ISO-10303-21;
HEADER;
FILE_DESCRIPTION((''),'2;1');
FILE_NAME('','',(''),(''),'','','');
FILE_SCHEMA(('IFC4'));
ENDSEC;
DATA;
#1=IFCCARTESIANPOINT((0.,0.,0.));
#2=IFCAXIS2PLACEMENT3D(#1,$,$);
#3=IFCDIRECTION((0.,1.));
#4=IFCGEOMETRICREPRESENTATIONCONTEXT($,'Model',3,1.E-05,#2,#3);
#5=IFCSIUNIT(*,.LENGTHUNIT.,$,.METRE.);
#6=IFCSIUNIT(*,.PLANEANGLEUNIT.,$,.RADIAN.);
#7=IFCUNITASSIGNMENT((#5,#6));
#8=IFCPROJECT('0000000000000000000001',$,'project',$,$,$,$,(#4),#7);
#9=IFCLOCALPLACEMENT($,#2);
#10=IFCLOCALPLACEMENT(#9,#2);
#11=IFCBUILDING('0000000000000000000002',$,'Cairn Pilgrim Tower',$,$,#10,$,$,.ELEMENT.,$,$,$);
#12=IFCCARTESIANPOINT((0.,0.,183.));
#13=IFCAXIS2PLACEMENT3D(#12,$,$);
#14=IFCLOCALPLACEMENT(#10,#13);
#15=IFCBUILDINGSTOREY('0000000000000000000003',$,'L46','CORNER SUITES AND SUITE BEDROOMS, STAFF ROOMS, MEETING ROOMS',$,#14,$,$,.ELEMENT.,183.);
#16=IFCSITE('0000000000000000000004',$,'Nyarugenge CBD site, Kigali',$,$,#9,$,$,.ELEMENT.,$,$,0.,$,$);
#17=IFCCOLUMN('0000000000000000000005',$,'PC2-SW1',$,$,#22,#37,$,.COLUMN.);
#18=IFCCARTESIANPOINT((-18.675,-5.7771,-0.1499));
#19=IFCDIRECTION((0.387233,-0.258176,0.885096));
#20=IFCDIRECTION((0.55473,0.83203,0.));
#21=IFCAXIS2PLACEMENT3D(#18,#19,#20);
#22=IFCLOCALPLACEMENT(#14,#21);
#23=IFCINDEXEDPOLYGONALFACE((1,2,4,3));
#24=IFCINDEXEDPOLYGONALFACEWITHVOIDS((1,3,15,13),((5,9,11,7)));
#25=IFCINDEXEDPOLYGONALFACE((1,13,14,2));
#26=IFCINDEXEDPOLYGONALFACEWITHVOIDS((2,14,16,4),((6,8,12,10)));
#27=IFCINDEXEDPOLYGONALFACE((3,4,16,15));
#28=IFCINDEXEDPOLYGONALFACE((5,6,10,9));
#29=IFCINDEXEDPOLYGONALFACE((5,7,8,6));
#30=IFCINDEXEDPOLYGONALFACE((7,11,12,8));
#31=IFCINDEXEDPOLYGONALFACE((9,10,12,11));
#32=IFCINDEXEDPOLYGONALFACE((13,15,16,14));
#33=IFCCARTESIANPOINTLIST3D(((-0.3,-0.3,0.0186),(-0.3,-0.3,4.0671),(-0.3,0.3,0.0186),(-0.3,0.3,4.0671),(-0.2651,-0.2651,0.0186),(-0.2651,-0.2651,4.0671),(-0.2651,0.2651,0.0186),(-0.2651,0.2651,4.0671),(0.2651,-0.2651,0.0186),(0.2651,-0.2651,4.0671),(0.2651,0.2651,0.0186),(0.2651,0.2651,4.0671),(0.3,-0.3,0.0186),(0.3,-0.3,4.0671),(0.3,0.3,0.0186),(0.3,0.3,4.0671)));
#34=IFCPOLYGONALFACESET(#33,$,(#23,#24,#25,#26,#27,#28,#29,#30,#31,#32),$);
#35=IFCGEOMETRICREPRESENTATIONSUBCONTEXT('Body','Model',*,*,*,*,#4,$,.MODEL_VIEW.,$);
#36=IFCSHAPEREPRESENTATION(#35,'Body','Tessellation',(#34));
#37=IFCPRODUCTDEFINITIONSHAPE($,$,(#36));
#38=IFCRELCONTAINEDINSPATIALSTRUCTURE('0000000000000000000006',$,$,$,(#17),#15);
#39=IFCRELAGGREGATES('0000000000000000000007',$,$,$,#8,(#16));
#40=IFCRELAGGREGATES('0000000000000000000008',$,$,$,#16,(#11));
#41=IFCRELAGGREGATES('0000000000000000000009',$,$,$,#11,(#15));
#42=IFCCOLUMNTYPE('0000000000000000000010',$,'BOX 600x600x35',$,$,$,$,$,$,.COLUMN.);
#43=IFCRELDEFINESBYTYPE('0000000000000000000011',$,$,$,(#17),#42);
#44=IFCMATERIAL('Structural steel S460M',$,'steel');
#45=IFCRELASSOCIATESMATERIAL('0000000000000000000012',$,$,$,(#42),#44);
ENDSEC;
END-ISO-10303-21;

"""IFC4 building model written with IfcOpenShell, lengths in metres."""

from ifc_helpers import new_model, si_unit, direction, frame, origin, origin_2d, place, context, subcontext, project, spatial, hollow_rectangle, extrude, clip, halfspace, material, material_profile, profile_set, type_object, element, save


model = new_model("IFC4")

# Units and contexts
model_context = context("Model", 3, precision=1e-05, world=origin(), true_north=direction((0.0, 1.0)))
body_context = subcontext(model_context, "Body", "Model", "MODEL_VIEW")
ifc_project = project(units=[si_unit("LENGTHUNIT", "METRE"), si_unit("PLANEANGLEUNIT", "RADIAN")], contexts=[model_context])

# Site, building, storey
site_placement = place(None, origin())
site = spatial("IfcSite", under=ifc_project, at=site_placement, Name="Nyarugenge CBD site, Kigali", CompositionType="ELEMENT", RefElevation=0.0)
building_placement = place(site_placement, origin())
building = spatial("IfcBuilding", under=site, at=building_placement, Name="Cairn Pilgrim Tower", CompositionType="ELEMENT")
storey_placement = place(building_placement, frame((0.0, 0.0, 183.0)))
storey = spatial("IfcBuildingStorey", under=building, at=storey_placement, Name="L46", Description="CORNER SUITES AND SUITE BEDROOMS, STAFF ROOMS, MEETING ROOMS", CompositionType="ELEMENT", Elevation=183.0)

# Column
ifc_material_1 = material(Name="Structural steel S460M", Category="steel")
ifc_material_profile_1 = material_profile(ifc_material_1, hollow_rectangle(XDim=0.6001, YDim=0.6001, WallThickness=0.0349, at=origin_2d()), Name="BOX 600x600x35")
ifc_profile_set_1 = profile_set([ifc_material_profile_1], Name="Structural steel S460M")
column_type_1 = type_object("IfcColumnType", Name="BOX 600x600x35", PredefinedType="COLUMN", material=ifc_profile_set_1)
column_1_placement = place(storey_placement, frame((-18.675, -5.7771, -0.1499), z_axis=(0.387233, -0.258176, 0.885096), x_axis=(0.55473, 0.83203, 0.0)))
element("IfcColumn", 1, at=column_1_placement, inside=storey, type_object=column_type_1, Name="PC2-SW1", PredefinedType="COLUMN", context=body_context, shape_type="Clipping", body=[
    clip(extrude(hollow_rectangle(XDim=0.6001, YDim=0.6001, WallThickness=0.0349, at=origin_2d()), origin(), (0.0, 0.0, 1.0), 4.0671), halfspace(frame((0.0, 0.0, 0.0186), z_axis=(0.0, 0.0, 1.0), x_axis=(1.0, 0.0, 0.0)), True)),
])

save(model, "model.ifc")
